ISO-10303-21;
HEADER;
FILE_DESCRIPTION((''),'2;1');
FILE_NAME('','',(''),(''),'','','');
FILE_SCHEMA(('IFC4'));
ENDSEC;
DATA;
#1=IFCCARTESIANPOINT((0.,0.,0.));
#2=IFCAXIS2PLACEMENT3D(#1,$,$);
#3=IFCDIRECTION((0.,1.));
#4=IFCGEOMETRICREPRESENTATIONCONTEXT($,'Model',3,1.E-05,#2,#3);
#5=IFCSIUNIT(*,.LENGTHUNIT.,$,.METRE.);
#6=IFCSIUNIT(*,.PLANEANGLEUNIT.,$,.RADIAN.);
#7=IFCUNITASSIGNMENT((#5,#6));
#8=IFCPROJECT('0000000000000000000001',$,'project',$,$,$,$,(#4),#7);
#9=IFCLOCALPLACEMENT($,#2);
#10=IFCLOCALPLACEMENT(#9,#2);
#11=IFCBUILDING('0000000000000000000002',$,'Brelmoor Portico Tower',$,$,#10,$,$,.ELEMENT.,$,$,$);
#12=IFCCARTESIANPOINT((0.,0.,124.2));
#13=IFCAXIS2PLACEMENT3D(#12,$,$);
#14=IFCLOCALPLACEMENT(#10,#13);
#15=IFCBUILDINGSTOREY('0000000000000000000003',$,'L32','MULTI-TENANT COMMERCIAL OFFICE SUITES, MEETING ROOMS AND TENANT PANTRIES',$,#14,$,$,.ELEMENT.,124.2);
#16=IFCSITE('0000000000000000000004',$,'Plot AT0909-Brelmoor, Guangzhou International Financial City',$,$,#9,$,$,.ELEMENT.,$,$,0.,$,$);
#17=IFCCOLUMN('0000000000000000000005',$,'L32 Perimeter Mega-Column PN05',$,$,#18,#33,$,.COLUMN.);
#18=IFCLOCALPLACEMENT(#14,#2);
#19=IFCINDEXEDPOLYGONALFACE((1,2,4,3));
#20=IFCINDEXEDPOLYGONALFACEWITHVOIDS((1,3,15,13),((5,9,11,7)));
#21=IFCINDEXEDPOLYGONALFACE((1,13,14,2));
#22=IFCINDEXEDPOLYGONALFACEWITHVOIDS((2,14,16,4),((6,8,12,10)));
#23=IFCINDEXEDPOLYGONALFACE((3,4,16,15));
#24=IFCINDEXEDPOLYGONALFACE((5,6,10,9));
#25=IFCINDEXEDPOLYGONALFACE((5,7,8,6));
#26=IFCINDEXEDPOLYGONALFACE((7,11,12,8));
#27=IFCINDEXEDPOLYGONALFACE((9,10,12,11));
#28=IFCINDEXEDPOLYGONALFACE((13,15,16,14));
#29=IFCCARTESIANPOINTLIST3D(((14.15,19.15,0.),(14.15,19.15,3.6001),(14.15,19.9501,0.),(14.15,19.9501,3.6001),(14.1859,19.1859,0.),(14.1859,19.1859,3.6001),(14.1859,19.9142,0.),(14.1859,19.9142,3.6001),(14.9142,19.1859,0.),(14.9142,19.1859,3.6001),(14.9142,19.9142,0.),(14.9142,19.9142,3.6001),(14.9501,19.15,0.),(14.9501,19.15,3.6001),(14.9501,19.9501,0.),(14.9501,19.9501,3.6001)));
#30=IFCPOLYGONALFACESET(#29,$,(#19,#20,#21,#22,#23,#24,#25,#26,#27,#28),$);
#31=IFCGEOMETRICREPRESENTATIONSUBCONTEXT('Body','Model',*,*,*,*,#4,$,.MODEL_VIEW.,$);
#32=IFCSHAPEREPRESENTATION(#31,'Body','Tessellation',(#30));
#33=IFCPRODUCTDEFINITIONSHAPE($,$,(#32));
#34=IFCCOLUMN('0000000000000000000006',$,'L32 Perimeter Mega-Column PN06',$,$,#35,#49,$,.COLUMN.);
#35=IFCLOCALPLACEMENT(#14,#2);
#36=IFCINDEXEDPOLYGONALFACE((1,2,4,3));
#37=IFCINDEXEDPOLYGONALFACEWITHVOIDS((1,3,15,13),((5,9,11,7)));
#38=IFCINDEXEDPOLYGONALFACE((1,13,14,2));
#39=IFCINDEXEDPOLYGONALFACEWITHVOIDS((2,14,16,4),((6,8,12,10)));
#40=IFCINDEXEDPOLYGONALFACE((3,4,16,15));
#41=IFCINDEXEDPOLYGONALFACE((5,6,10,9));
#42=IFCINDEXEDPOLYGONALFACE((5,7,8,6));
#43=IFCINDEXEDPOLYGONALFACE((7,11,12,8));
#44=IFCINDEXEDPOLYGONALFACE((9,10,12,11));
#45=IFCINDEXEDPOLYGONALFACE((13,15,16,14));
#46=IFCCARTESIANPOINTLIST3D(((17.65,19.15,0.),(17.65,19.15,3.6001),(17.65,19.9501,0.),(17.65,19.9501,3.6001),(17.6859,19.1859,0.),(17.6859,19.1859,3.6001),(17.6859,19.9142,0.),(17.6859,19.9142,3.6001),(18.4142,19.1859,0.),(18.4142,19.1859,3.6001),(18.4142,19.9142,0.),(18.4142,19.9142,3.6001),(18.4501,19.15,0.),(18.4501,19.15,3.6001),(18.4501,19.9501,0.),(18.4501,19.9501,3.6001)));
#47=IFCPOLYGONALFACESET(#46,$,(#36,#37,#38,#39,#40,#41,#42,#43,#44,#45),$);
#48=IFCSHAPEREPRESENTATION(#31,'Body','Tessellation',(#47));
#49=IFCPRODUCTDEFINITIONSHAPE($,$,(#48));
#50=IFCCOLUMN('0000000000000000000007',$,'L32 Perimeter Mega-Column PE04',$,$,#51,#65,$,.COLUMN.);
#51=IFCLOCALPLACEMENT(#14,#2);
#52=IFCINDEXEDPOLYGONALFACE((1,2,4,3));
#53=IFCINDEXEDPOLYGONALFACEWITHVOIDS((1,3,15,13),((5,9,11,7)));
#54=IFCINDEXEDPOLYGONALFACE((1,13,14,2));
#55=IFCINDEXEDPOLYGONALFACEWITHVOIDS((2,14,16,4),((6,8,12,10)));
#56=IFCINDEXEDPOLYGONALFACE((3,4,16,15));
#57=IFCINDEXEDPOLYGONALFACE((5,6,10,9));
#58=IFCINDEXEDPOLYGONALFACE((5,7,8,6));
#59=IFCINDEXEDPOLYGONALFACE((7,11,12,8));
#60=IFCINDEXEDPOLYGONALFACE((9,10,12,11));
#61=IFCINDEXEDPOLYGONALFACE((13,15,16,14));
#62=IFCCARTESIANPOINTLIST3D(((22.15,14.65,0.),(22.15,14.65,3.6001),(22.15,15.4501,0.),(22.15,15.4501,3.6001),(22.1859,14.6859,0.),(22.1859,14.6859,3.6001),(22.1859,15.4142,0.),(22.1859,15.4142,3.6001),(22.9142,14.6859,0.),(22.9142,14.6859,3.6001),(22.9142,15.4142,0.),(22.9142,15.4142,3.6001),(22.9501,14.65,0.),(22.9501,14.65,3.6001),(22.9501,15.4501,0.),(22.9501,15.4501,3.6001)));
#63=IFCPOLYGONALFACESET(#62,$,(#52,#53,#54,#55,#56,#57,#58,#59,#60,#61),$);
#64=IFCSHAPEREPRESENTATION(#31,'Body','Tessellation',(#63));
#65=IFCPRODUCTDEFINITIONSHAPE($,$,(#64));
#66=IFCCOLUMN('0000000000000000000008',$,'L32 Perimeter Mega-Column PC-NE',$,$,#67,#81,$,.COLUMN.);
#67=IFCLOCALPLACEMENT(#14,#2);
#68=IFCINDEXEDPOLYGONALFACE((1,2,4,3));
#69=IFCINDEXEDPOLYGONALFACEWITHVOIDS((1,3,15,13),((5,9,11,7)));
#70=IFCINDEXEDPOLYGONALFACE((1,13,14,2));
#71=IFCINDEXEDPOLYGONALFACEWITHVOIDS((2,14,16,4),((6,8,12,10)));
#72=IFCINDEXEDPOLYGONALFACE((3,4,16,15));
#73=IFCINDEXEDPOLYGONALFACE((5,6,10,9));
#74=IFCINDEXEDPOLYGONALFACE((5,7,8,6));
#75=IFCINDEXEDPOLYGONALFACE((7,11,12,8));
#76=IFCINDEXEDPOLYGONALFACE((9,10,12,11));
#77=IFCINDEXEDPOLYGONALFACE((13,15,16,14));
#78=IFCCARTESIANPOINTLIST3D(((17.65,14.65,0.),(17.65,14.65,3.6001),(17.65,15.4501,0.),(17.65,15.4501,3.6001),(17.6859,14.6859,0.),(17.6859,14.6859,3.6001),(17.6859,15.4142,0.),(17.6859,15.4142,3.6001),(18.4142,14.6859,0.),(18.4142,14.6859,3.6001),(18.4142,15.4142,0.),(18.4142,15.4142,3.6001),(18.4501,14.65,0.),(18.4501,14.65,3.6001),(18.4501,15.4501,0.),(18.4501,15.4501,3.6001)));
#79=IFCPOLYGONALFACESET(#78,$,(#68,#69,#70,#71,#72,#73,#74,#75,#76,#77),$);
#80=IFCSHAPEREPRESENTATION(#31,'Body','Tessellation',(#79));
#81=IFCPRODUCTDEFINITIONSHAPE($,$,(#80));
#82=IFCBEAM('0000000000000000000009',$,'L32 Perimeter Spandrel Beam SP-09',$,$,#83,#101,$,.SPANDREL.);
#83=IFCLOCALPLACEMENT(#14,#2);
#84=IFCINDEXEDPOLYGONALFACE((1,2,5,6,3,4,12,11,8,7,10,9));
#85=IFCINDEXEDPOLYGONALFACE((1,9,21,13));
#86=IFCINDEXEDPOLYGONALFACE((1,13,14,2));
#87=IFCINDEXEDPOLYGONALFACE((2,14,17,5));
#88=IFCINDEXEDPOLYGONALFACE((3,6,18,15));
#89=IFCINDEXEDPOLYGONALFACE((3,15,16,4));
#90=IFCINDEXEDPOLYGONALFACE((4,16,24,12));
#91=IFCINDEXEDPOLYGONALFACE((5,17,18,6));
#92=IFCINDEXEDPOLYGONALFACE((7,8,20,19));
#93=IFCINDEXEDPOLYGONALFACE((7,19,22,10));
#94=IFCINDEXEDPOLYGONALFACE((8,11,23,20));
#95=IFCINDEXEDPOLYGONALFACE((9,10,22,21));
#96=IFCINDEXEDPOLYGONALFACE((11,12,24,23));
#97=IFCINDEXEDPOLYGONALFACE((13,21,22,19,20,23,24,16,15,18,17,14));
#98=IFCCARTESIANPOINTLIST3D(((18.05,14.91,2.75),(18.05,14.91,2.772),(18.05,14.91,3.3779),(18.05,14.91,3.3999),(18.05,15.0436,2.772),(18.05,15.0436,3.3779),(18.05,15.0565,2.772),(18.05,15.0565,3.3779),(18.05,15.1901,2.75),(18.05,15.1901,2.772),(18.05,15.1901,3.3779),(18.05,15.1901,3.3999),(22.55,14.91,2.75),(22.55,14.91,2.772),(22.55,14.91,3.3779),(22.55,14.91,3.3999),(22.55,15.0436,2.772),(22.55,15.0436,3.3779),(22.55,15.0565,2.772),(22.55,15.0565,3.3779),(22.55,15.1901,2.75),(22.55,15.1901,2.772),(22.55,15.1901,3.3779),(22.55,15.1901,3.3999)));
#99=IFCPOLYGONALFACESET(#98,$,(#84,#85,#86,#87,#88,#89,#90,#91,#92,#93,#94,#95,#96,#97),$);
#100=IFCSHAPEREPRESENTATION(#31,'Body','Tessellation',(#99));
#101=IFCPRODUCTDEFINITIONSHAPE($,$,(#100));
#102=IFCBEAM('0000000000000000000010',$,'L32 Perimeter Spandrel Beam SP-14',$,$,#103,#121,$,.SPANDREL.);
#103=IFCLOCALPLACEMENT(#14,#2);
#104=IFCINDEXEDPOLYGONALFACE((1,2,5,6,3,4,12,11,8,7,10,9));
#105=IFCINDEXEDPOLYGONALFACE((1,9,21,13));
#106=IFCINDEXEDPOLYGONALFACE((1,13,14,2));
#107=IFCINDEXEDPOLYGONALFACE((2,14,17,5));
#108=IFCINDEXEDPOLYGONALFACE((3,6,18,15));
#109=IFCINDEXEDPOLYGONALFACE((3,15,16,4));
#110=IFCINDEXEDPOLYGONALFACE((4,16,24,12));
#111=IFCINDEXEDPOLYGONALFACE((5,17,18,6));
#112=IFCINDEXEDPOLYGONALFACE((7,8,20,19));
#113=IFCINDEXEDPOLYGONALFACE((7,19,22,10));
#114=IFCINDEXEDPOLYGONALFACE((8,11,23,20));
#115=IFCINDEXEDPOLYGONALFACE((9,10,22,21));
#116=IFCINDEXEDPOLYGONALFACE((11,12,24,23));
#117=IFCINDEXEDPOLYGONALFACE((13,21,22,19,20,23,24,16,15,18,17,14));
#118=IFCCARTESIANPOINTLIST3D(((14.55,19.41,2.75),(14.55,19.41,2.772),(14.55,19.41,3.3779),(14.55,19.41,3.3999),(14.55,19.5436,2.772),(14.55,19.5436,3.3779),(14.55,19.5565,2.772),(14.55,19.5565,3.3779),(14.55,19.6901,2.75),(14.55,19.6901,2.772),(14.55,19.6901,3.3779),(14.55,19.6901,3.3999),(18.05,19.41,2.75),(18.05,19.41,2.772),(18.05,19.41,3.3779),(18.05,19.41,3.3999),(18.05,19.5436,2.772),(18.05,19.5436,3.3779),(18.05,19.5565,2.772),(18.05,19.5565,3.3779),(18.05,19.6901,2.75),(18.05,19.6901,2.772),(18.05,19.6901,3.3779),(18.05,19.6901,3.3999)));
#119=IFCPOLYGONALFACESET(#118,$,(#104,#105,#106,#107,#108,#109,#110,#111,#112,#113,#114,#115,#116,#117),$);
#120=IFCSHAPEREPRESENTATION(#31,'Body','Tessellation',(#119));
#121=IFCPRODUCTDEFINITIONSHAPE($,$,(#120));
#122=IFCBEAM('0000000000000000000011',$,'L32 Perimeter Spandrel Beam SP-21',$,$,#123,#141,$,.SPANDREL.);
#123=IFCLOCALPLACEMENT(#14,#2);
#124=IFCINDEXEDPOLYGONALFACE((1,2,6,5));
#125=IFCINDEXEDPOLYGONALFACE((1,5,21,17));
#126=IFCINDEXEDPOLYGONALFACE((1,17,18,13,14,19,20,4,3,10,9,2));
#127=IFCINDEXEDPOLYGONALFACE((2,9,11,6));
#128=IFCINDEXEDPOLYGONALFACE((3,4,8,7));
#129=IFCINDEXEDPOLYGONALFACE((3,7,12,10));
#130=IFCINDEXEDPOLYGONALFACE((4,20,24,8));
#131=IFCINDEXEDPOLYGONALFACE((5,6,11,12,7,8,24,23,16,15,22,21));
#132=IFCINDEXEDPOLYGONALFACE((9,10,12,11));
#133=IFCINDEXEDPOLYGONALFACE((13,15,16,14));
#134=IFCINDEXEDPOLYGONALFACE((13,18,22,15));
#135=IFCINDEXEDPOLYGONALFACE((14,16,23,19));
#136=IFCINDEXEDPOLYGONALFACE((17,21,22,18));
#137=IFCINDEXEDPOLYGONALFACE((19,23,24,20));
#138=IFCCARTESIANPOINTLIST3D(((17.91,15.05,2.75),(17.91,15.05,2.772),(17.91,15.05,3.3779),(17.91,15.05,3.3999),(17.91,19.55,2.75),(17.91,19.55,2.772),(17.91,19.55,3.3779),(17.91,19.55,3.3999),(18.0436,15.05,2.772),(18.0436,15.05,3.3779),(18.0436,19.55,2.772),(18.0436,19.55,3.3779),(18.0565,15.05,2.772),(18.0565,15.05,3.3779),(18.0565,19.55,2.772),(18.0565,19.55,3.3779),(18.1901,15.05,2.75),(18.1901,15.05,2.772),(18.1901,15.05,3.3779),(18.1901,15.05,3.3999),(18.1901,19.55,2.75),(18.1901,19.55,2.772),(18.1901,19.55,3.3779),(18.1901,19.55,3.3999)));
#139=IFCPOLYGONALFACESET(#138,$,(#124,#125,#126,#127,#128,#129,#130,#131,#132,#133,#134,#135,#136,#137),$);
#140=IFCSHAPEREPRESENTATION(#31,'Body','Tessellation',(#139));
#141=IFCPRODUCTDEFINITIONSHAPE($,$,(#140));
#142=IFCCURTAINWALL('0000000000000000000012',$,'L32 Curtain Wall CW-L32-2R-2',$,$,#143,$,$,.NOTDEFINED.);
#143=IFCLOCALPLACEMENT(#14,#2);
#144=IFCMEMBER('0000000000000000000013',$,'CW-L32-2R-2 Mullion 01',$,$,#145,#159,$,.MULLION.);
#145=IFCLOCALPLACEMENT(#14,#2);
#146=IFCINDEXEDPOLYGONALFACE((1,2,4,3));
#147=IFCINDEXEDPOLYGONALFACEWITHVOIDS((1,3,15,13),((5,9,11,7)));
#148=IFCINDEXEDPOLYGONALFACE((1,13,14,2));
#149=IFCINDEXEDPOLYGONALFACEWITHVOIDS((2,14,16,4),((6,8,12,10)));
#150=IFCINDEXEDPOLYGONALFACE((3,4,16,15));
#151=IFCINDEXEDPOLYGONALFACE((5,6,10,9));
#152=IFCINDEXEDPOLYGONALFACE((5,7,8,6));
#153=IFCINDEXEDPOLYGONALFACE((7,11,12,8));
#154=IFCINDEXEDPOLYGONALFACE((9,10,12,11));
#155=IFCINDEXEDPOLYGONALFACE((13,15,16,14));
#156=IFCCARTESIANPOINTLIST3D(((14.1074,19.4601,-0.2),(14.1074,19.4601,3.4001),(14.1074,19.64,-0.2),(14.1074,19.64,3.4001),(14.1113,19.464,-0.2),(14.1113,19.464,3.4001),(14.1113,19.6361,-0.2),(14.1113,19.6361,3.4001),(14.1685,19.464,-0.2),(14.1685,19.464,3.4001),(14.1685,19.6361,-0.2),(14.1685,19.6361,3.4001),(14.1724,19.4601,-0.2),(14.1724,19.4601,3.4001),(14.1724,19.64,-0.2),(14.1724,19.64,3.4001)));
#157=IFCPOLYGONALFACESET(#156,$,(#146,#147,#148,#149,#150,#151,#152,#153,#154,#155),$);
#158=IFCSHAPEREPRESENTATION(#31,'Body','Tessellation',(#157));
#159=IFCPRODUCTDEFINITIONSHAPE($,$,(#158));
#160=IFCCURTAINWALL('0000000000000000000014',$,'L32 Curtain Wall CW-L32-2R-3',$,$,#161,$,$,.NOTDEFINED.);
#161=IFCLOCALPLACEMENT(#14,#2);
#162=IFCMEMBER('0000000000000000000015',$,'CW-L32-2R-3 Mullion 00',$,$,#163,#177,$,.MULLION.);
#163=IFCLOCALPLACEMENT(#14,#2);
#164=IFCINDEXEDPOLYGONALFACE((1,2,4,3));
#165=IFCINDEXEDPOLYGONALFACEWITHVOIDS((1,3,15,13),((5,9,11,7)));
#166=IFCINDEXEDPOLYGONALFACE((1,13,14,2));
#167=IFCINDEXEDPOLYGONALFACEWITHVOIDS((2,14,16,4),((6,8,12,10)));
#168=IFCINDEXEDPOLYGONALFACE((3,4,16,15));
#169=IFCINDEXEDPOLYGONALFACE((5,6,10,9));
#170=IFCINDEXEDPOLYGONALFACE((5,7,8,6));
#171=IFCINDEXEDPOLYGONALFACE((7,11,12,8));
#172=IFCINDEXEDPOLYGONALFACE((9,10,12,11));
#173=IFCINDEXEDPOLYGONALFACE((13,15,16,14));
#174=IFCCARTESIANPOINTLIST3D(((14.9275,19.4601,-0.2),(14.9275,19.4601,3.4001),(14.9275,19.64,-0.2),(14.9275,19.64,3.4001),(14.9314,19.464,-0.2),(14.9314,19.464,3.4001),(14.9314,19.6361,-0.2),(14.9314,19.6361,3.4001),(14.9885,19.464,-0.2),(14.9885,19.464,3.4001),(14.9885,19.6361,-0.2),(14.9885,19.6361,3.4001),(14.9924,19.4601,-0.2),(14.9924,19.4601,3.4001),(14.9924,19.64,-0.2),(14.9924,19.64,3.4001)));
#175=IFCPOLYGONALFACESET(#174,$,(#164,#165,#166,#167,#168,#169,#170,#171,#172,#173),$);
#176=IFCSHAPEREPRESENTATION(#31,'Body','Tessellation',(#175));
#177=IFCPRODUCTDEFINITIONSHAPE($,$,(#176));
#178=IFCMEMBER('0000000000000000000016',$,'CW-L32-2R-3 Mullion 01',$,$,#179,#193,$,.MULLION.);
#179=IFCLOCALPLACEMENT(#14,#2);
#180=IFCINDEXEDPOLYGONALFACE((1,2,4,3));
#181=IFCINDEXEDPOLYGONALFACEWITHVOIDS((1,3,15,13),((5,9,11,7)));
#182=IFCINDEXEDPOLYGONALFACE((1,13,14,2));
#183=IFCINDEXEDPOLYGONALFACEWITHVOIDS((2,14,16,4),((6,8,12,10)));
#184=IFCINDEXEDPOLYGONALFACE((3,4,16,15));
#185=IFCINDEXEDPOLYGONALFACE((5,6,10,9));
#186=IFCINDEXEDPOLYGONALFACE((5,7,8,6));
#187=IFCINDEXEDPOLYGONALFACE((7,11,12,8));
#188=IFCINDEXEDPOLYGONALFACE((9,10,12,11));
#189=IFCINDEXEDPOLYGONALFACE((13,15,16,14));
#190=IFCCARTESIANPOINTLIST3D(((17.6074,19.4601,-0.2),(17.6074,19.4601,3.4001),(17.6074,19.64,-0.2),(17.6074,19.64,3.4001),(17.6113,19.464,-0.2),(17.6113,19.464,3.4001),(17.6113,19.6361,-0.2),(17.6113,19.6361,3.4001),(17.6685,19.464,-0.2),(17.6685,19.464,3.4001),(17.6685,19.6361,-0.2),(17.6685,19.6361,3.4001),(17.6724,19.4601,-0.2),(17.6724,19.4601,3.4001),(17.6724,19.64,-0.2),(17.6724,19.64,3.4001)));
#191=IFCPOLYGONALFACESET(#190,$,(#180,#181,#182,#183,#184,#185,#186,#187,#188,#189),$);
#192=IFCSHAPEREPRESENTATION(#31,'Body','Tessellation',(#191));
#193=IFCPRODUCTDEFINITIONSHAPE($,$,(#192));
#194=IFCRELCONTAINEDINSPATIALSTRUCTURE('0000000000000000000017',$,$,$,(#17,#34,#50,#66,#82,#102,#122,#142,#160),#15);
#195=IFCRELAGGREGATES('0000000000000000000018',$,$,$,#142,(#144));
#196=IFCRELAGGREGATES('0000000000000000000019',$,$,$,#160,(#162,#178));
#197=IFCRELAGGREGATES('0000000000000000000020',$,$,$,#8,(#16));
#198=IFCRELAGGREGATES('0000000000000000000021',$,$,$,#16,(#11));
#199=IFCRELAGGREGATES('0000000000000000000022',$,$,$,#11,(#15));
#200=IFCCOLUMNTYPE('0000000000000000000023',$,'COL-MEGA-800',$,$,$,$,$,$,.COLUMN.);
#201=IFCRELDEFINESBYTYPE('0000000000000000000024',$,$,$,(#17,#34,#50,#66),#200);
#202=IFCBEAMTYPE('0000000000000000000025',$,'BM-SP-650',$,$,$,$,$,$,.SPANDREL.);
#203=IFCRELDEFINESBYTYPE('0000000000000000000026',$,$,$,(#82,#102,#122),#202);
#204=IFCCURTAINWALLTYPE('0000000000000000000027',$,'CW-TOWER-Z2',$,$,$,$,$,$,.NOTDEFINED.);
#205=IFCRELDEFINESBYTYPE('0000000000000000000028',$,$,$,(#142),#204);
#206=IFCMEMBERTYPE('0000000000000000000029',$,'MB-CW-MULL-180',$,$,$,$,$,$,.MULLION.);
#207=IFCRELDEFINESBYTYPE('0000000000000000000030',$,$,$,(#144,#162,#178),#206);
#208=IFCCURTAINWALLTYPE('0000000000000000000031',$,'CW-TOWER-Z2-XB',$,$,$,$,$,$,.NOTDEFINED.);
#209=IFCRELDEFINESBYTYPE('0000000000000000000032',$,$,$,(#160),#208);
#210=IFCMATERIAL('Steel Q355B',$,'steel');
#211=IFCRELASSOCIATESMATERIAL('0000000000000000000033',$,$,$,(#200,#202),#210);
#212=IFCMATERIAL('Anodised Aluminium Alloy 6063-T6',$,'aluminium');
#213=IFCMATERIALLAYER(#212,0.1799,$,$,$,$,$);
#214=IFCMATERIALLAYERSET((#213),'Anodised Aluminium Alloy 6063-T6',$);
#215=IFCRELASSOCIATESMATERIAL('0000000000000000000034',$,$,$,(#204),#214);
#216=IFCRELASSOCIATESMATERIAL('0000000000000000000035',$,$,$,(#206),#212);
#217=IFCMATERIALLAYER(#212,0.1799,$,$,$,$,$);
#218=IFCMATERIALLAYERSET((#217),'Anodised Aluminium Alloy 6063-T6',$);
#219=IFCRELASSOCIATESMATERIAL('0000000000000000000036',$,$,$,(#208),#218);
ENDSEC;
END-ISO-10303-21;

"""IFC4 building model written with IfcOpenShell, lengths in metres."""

from ifc_helpers import new_model, si_unit, direction, frame, origin, origin_2d, place, context, subcontext, project, spatial, hollow_rectangle, i_section, extrude, material, layer, layer_set, material_profile, profile_set, type_object, element, aggregate, save


model = new_model("IFC4")

# Units and contexts
model_context = context("Model", 3, precision=1e-05, world=origin(), true_north=direction((0.0, 1.0)))
body_context = subcontext(model_context, "Body", "Model", "MODEL_VIEW")
ifc_project = project(units=[si_unit("LENGTHUNIT", "METRE"), si_unit("PLANEANGLEUNIT", "RADIAN")], contexts=[model_context])

# Site, building, storey
site_placement = place(None, origin())
site = spatial("IfcSite", under=ifc_project, at=site_placement, Name="Plot AT0909-Brelmoor, Guangzhou International Financial City", CompositionType="ELEMENT", RefElevation=0.0)
building_placement = place(site_placement, origin())
building = spatial("IfcBuilding", under=site, at=building_placement, Name="Brelmoor Portico Tower", CompositionType="ELEMENT")
storey_placement = place(building_placement, frame((0.0, 0.0, 124.2)))
storey = spatial("IfcBuildingStorey", under=building, at=storey_placement, Name="L32", Description="MULTI-TENANT COMMERCIAL OFFICE SUITES, MEETING ROOMS AND TENANT PANTRIES", CompositionType="ELEMENT", Elevation=124.2)

# Columns
ifc_material_1 = material(Name="Steel Q355B", Category="steel")
ifc_material_profile_1 = material_profile(ifc_material_1, hollow_rectangle(XDim=0.8, YDim=0.8, WallThickness=0.0359, at=origin_2d()), Name="BOX 800x800x36")
ifc_profile_set_1 = profile_set([ifc_material_profile_1], Name="Steel Q355B")
column_type = type_object("IfcColumnType", Name="COL-MEGA-800", PredefinedType="COLUMN", material=ifc_profile_set_1)
for number, where, z_axis, x_axis, name in (
    (1, (14.55, 19.55, 0.0), (0.0, 0.0, 1.0), (1.0, 0.0, 0.0), "L32 Perimeter Mega-Column PN05"),
    (2, (18.05, 19.55, 0.0), (0.0, 0.0, 1.0), (1.0, 0.0, 0.0), "L32 Perimeter Mega-Column PN06"),
    (3, (22.55, 15.05, 0.0), (0.0, 0.0, 1.0), (0.0, 1.0, 0.0), "L32 Perimeter Mega-Column PE04"),
    (4, (18.05, 15.05, 0.0), (0.0, 0.0, 1.0), (1.0, 0.0, 0.0), "L32 Perimeter Mega-Column PC-NE"),
):
    element("IfcColumn", number, at=place(storey_placement, frame(where, z_axis=z_axis, x_axis=x_axis)), inside=storey, type_object=column_type, Name=name, PredefinedType="COLUMN", context=body_context, shape_type="SweptSolid", body=[
        extrude(hollow_rectangle(XDim=0.8, YDim=0.8, WallThickness=0.0359, at=origin_2d()), origin(), (0.0, 0.0, 1.0), 3.6001),
    ])

# Beams
ifc_material_profile_2 = material_profile(ifc_material_1, i_section(OverallWidth=0.28, OverallDepth=0.6499, WebThickness=0.0129, FlangeThickness=0.022, at=origin_2d()), Name="HN 650x280x13x22")
ifc_profile_set_2 = profile_set([ifc_material_profile_2], Name="Steel Q355B")
beam_type = type_object("IfcBeamType", Name="BM-SP-650", PredefinedType="SPANDREL", material=ifc_profile_set_2)
beam_1_placement = place(storey_placement, frame((18.05, 15.05, 3.075), z_axis=(1.0, 0.0, 0.0), x_axis=(0.0, 1.0, 0.0)))
element("IfcBeam", 5, at=beam_1_placement, inside=storey, type_object=beam_type, Name="L32 Perimeter Spandrel Beam SP-09", PredefinedType="SPANDREL", context=body_context, shape_type="SweptSolid", body=[
    extrude(i_section(OverallWidth=0.28, OverallDepth=0.6499, WebThickness=0.0129, FlangeThickness=0.022, at=origin_2d()), origin(), (0.0, 0.0, 1.0), 4.5),
])
beam_2_placement = place(storey_placement, frame((14.55, 19.55, 3.075), z_axis=(1.0, 0.0, 0.0), x_axis=(0.0, 1.0, 0.0)))
element("IfcBeam", 6, at=beam_2_placement, inside=storey, type_object=beam_type, Name="L32 Perimeter Spandrel Beam SP-14", PredefinedType="SPANDREL", context=body_context, shape_type="SweptSolid", body=[
    extrude(i_section(OverallWidth=0.28, OverallDepth=0.6499, WebThickness=0.0129, FlangeThickness=0.022, at=origin_2d()), origin(), (0.0, 0.0, 1.0), 3.5),
])
beam_3_placement = place(storey_placement, frame((18.05, 15.05, 3.075), z_axis=(0.0, 1.0, 0.0), x_axis=(-1.0, 0.0, 0.0)))
element("IfcBeam", 7, at=beam_3_placement, inside=storey, type_object=beam_type, Name="L32 Perimeter Spandrel Beam SP-21", PredefinedType="SPANDREL", context=body_context, shape_type="SweptSolid", body=[
    extrude(i_section(OverallWidth=0.28, OverallDepth=0.6499, WebThickness=0.0129, FlangeThickness=0.022, at=origin_2d()), origin(), (0.0, 0.0, 1.0), 4.5),
])

# Curtain wall, member
ifc_material_2 = material(Name="Anodised Aluminium Alloy 6063-T6", Category="aluminium")
ifc_layer_1 = layer(ifc_material_2, 0.1799)
ifc_layer_set_1 = layer_set([ifc_layer_1], Name="Anodised Aluminium Alloy 6063-T6")
curtain_wall_type_1 = type_object("IfcCurtainWallType", Name="CW-TOWER-Z2", PredefinedType="NOTDEFINED", material=ifc_layer_set_1)
curtain_wall_1_placement = place(storey_placement, origin())
curtain_wall_1 = element("IfcCurtainWall", 8, at=curtain_wall_1_placement, inside=storey, type_object=curtain_wall_type_1, Name="L32 Curtain Wall CW-L32-2R-2", PredefinedType="NOTDEFINED")
ifc_material_profile_3 = material_profile(ifc_material_2, hollow_rectangle(XDim=0.0649, YDim=0.1799, WallThickness=0.0039, at=origin_2d()), Name="ALU MULLION 65x180")
ifc_profile_set_3 = profile_set([ifc_material_profile_3], Name="Anodised Aluminium Alloy 6063-T6")
member_type_1 = type_object("IfcMemberType", Name="MB-CW-MULL-180", PredefinedType="MULLION", material=ifc_profile_set_3)
member_1_placement = place(storey_placement, frame((14.1399, 19.55, -0.2), z_axis=(0.0, 0.0, 1.0), x_axis=(1.0, 0.0, 0.0)))
member_1 = element("IfcMember", 9, at=member_1_placement, type_object=member_type_1, Name="CW-L32-2R-2 Mullion 01", PredefinedType="MULLION", context=body_context, shape_type="SweptSolid", body=[
    extrude(hollow_rectangle(XDim=0.0649, YDim=0.1799, WallThickness=0.0039, at=origin_2d()), origin(), (0.0, 0.0, 1.0), 3.6001),
])
aggregate(curtain_wall_1, [member_1])

# Curtain wall, members
ifc_layer_2 = layer(ifc_material_2, 0.1799)
ifc_layer_set_2 = layer_set([ifc_layer_2], Name="Anodised Aluminium Alloy 6063-T6")
curtain_wall_type_2 = type_object("IfcCurtainWallType", Name="CW-TOWER-Z2-XB", PredefinedType="NOTDEFINED", material=ifc_layer_set_2)
curtain_wall_2_placement = place(storey_placement, origin())
curtain_wall_2 = element("IfcCurtainWall", 10, at=curtain_wall_2_placement, inside=storey, type_object=curtain_wall_type_2, Name="L32 Curtain Wall CW-L32-2R-3", PredefinedType="NOTDEFINED")
member_2_placement = place(storey_placement, frame((14.96, 19.55, -0.2), z_axis=(0.0, 0.0, 1.0), x_axis=(1.0, 0.0, 0.0)))
member_2 = element("IfcMember", 11, at=member_2_placement, type_object=member_type_1, Name="CW-L32-2R-3 Mullion 00", PredefinedType="MULLION", context=body_context, shape_type="SweptSolid", body=[
    extrude(hollow_rectangle(XDim=0.0649, YDim=0.1799, WallThickness=0.0039, at=origin_2d()), origin(), (0.0, 0.0, 1.0), 3.6001),
])
member_3_placement = place(storey_placement, frame((17.6399, 19.55, -0.2), z_axis=(0.0, 0.0, 1.0), x_axis=(1.0, 0.0, 0.0)))
member_3 = element("IfcMember", 12, at=member_3_placement, type_object=member_type_1, Name="CW-L32-2R-3 Mullion 01", PredefinedType="MULLION", context=body_context, shape_type="SweptSolid", body=[
    extrude(hollow_rectangle(XDim=0.0649, YDim=0.1799, WallThickness=0.0039, at=origin_2d()), origin(), (0.0, 0.0, 1.0), 3.6001),
])

aggregate(curtain_wall_2, [member_2, member_3])

save(model, "model.ifc")
